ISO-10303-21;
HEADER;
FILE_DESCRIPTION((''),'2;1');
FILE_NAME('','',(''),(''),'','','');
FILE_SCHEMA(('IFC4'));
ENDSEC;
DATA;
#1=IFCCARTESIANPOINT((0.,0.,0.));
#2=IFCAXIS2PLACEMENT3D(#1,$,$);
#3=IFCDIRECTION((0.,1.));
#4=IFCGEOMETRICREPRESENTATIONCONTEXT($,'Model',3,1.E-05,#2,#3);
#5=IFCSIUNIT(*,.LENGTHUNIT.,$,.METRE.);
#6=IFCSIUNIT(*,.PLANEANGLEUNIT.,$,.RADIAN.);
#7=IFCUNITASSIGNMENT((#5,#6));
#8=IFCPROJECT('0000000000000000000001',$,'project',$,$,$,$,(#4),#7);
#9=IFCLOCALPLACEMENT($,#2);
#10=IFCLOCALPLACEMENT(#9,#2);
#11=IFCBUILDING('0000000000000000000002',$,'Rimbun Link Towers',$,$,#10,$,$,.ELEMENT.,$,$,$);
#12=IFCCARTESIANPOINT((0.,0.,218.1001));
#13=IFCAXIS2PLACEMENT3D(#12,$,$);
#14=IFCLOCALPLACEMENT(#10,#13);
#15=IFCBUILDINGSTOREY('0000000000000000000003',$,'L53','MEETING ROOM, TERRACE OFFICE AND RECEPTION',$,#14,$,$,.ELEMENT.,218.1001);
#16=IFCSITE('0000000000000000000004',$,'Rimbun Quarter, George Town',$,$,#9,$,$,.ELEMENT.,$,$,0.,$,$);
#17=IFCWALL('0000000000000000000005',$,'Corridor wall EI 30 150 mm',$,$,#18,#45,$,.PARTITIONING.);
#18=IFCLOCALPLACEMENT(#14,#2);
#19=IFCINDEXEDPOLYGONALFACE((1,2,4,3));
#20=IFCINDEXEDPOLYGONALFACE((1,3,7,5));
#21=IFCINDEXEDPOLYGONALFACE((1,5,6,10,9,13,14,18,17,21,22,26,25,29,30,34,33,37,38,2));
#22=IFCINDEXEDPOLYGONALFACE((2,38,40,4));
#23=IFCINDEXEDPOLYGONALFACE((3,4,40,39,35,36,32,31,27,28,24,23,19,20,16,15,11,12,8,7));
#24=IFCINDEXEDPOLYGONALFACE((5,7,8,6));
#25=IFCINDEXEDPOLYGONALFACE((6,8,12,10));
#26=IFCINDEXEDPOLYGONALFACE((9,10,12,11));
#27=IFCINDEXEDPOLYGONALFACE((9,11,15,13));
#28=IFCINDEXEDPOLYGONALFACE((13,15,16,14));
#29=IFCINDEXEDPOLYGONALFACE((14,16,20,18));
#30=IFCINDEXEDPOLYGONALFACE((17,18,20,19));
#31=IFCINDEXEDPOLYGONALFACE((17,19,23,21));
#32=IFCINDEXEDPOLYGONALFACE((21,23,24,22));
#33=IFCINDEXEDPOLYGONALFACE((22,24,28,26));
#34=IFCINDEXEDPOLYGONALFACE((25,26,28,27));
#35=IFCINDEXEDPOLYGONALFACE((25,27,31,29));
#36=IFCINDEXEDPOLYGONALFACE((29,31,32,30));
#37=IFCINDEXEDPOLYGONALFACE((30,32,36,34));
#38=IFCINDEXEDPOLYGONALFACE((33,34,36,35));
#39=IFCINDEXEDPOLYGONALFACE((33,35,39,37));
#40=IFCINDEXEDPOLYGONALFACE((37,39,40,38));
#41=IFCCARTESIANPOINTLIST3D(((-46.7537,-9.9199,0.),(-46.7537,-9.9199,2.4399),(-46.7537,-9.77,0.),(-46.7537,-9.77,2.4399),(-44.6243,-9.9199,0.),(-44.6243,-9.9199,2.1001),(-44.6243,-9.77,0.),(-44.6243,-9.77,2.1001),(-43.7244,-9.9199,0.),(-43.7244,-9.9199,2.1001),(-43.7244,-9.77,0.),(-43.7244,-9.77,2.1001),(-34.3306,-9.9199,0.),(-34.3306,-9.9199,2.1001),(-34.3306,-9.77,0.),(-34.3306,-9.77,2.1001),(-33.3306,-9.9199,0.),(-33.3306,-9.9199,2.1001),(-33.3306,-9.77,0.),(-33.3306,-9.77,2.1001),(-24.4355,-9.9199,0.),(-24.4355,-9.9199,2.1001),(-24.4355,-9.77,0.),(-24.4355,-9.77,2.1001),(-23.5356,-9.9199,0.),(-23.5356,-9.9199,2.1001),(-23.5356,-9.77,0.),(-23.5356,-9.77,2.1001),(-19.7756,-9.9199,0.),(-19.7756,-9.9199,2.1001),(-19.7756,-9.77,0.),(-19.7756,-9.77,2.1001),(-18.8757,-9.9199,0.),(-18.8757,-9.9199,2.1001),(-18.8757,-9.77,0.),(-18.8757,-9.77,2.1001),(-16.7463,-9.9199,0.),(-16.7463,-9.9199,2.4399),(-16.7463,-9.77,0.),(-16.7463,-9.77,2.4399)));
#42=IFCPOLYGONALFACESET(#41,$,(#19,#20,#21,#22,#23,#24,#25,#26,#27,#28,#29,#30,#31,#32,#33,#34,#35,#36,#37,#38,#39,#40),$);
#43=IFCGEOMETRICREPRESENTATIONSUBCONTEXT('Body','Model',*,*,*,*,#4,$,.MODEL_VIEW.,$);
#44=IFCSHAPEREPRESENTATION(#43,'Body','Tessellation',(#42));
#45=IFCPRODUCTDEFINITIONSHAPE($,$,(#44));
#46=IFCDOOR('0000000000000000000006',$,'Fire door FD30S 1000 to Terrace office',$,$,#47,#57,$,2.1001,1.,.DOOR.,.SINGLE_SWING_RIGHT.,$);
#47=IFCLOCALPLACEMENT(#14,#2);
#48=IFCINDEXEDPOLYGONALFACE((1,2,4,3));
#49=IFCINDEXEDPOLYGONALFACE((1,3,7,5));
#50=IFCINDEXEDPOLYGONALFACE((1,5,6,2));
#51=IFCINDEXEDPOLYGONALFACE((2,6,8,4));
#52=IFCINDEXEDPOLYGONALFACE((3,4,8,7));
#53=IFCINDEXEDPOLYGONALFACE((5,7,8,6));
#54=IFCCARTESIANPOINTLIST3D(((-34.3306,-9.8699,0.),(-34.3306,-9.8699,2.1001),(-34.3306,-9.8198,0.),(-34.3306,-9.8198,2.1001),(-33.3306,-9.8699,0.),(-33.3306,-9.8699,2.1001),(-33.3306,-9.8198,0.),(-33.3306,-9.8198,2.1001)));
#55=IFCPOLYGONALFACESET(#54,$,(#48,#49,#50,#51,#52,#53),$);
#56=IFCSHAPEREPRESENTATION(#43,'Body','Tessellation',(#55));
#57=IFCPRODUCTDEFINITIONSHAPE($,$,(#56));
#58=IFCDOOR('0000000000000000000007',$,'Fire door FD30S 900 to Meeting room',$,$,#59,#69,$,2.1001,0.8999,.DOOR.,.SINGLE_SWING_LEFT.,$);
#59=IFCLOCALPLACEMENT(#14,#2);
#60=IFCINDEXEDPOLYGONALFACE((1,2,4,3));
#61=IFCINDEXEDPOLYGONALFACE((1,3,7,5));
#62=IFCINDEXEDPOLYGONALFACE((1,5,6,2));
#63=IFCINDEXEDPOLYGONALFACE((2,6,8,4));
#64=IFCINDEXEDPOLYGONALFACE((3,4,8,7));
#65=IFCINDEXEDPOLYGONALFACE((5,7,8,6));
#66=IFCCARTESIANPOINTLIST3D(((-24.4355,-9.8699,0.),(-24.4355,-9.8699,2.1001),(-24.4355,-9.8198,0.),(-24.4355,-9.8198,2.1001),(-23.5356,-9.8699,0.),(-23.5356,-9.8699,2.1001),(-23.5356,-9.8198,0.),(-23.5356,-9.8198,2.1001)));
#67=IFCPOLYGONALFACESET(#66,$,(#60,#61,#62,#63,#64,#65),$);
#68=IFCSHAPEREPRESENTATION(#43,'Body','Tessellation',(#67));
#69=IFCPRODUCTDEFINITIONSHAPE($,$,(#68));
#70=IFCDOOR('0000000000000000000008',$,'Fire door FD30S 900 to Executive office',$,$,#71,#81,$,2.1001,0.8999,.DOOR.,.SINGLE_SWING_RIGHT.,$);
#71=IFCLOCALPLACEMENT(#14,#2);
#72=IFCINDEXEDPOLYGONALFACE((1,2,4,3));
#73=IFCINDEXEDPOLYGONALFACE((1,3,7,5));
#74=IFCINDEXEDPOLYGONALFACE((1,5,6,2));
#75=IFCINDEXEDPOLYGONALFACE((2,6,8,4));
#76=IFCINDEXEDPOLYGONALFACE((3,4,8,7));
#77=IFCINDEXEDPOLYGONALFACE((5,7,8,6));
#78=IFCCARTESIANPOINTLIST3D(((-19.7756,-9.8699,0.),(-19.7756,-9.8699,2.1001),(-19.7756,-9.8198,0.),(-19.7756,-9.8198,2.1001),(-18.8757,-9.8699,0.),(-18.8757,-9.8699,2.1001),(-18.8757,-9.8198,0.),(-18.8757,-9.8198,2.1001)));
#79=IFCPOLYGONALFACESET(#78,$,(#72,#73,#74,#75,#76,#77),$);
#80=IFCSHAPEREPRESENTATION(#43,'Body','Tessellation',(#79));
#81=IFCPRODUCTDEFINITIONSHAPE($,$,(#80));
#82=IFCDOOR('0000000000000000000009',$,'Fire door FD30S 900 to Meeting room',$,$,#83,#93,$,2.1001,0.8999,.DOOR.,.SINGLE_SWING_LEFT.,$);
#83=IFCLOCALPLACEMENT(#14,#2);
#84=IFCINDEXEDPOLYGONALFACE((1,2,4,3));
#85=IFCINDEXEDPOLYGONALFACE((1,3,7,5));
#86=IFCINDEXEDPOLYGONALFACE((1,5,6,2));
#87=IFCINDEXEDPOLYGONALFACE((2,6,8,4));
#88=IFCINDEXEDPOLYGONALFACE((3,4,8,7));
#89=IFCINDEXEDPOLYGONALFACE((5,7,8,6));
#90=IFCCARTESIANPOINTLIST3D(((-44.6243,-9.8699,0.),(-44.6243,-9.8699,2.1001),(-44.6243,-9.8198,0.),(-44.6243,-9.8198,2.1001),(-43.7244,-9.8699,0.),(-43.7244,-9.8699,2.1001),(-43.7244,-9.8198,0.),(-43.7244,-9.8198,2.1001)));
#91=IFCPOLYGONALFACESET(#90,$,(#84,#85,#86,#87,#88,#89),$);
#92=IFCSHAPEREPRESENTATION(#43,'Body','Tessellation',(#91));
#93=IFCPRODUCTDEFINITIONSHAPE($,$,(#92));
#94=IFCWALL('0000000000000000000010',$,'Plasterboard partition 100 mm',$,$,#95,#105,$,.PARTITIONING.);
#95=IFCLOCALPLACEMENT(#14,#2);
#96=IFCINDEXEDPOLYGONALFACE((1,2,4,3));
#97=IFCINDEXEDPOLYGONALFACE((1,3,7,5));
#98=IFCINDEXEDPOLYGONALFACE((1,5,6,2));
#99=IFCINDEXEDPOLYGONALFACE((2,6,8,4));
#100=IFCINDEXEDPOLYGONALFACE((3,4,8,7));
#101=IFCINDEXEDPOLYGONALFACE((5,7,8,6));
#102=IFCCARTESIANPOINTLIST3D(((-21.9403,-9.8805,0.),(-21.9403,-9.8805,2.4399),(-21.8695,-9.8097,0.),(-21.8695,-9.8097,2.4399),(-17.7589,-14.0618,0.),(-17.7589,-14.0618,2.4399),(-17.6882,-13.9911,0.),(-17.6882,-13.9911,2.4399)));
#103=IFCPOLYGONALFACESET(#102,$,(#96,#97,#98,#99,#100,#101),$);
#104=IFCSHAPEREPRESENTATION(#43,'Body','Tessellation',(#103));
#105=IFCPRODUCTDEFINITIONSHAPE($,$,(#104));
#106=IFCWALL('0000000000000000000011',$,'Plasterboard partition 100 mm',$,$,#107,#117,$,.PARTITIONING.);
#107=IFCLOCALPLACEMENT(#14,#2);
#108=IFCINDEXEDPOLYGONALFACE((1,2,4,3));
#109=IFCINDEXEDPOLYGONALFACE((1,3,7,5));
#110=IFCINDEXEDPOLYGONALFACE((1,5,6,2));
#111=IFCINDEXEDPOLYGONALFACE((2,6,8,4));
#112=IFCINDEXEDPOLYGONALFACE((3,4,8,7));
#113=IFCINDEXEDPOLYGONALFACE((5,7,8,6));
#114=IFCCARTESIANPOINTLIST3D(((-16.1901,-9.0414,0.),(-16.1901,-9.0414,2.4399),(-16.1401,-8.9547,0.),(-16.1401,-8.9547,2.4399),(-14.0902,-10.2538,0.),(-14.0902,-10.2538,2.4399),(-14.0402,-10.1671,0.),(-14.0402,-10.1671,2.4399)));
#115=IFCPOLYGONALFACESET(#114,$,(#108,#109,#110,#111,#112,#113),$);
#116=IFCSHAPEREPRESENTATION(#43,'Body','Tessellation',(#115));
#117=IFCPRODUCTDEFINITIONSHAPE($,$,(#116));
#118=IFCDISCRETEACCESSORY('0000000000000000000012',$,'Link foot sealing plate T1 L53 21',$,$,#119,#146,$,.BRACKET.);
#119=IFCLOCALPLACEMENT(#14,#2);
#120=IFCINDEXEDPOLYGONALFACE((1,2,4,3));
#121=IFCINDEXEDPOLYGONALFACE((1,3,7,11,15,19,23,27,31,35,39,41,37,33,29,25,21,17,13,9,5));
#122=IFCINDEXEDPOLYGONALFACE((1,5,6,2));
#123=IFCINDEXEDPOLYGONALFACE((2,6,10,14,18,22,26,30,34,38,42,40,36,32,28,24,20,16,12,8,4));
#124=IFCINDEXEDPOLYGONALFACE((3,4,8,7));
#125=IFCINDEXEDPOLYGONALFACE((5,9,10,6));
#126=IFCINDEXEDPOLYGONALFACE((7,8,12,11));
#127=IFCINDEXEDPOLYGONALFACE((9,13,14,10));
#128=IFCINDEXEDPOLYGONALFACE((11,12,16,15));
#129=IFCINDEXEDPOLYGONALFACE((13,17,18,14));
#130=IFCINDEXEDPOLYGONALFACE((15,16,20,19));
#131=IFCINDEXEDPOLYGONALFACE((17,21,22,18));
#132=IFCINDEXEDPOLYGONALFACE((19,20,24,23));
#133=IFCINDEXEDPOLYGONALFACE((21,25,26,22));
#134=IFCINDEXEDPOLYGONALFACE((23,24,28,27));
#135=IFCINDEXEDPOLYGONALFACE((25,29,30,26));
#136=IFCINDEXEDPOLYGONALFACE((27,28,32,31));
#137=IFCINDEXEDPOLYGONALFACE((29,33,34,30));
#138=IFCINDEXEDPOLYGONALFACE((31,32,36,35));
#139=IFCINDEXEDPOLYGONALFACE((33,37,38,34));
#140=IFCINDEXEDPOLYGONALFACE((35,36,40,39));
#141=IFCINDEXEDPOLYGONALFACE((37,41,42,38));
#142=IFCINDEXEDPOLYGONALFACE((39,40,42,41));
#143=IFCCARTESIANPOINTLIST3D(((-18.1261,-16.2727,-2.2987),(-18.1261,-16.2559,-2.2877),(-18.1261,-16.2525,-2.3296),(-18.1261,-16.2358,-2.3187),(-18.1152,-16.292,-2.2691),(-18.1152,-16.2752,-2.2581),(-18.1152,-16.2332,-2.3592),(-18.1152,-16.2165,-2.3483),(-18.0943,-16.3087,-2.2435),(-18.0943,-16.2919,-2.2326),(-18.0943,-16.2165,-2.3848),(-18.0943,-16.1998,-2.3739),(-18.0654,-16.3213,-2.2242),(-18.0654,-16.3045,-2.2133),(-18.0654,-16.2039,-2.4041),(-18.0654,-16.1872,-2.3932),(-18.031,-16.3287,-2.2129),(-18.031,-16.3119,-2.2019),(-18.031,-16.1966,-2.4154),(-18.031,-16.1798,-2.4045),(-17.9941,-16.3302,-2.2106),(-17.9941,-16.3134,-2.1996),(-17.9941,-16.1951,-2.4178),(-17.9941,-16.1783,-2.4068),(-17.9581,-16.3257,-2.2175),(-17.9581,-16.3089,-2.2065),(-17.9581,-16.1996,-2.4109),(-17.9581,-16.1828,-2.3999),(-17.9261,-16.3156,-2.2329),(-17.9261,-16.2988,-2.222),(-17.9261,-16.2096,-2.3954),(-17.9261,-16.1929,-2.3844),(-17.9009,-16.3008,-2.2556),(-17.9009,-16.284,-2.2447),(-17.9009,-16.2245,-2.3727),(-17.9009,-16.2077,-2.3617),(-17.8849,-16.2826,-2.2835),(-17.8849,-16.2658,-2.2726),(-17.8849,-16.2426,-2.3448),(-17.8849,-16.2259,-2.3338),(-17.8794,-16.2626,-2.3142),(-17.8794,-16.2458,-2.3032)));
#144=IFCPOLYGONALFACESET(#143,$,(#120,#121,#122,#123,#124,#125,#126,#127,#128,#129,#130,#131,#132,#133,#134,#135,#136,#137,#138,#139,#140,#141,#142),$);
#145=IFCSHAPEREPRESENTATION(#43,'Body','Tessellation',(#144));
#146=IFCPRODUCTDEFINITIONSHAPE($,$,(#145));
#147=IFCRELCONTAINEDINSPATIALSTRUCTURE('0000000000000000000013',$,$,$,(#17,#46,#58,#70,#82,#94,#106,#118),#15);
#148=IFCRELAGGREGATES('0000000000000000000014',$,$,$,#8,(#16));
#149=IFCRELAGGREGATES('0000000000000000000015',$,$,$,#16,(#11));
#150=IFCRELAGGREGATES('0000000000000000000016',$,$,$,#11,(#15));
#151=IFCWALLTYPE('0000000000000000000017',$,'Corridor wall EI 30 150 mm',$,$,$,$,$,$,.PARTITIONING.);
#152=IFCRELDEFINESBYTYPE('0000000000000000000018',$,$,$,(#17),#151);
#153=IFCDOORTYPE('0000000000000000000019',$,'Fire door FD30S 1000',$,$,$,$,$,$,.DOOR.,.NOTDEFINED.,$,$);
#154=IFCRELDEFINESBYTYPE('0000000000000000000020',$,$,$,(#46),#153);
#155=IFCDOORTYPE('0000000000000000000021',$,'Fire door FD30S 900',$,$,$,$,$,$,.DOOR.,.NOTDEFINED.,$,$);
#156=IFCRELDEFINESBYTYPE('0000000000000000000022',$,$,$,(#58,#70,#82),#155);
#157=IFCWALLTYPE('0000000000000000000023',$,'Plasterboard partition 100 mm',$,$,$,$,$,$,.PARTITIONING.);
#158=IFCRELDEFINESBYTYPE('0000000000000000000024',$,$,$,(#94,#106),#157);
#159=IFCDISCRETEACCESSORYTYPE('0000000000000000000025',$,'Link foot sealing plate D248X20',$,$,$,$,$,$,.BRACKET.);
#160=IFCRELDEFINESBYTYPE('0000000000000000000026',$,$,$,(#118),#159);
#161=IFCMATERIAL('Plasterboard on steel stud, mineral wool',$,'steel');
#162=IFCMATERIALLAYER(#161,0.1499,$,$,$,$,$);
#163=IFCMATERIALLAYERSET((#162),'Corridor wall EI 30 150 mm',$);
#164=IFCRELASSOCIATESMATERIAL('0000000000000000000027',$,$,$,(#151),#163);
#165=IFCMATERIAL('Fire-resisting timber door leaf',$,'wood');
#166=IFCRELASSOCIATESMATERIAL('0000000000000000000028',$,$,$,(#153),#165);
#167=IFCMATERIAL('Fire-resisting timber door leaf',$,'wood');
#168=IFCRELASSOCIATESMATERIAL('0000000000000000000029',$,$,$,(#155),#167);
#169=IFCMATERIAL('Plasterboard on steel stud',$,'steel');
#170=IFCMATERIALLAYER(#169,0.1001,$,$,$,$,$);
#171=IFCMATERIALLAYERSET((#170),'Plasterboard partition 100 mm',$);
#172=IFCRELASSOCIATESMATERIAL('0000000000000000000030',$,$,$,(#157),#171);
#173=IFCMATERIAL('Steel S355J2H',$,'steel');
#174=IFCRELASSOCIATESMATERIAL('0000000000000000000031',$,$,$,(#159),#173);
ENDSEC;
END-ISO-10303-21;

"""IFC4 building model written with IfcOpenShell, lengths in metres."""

from ifc_helpers import new_model, si_unit, direction, frame, frame_2d, origin, origin_2d, place, context, subcontext, project, spatial, rectangle, circle, extrude, material, layer, layer_set, material_profile, profile_set, type_object, element, fill, save


model = new_model("IFC4")

# Units and contexts
model_context = context("Model", 3, precision=1e-05, world=origin(), true_north=direction((0.0, 1.0)))
body_context = subcontext(model_context, "Body", "Model", "MODEL_VIEW")
ifc_project = project(units=[si_unit("LENGTHUNIT", "METRE"), si_unit("PLANEANGLEUNIT", "RADIAN")], contexts=[model_context])

# Site, building, storey
site_placement = place(None, origin())
site = spatial("IfcSite", under=ifc_project, at=site_placement, Name="Rimbun Quarter, George Town", CompositionType="ELEMENT", RefElevation=0.0)
building_placement = place(site_placement, origin())
building = spatial("IfcBuilding", under=site, at=building_placement, Name="Rimbun Link Towers", CompositionType="ELEMENT")
storey_placement = place(building_placement, frame((0.0, 0.0, 218.1001)))
storey = spatial("IfcBuildingStorey", under=building, at=storey_placement, Name="L53", Description="MEETING ROOM, TERRACE OFFICE AND RECEPTION", CompositionType="ELEMENT", Elevation=218.1001)

# Shared definitions
ifc_material_1 = material(Name="Plasterboard on steel stud, mineral wool", Category="steel")
ifc_layer_1 = layer(ifc_material_1, 0.1499)
ifc_layer_set_1 = layer_set([ifc_layer_1], Name="Corridor wall EI 30 150 mm")
wall_type_1 = type_object("IfcWallType", Name="Corridor wall EI 30 150 mm", PredefinedType="PARTITIONING", material=ifc_layer_set_1)

# Wall, openings, doors
wall_1_placement = place(storey_placement, frame((-16.7463, -9.845, 0.0), z_axis=(0.0, 0.0, 1.0), x_axis=(-1.0, 0.0, 0.0)))
wall_1 = element("IfcWall", 1, at=wall_1_placement, inside=storey, type_object=wall_type_1, Name="Corridor wall EI 30 150 mm", PredefinedType="PARTITIONING", context=body_context, shape_type="SweptSolid", body=[
    extrude(rectangle(XDim=30.0073, YDim=0.1499, at=frame_2d((15.0037, 0.0))), origin(), (0.0, 0.0, 1.0), 2.4399),
])
opening_1_placement = place(wall_1_placement, frame((6.7893, 0.0, 0.0)))
opening_1 = element("IfcOpeningElement", 2, at=opening_1_placement, cuts=wall_1, PredefinedType="OPENING", context=body_context, shape_type="SweptSolid", body=[
    extrude(rectangle(XDim=0.8999, YDim=2.1001, at=frame_2d((0.45, 1.05))), frame((0.0, 0.085, 0.0), z_axis=(0.0, -1.0, 0.0), x_axis=(1.0, 0.0, 0.0)), (0.0, 0.0, 1.0), 0.1699),
])
opening_2_placement = place(wall_1_placement, frame((2.1294, 0.0, 0.0)))
opening_2 = element("IfcOpeningElement", 3, at=opening_2_placement, cuts=wall_1, PredefinedType="OPENING", context=body_context, shape_type="SweptSolid", body=[
    extrude(rectangle(XDim=0.8999, YDim=2.1001, at=frame_2d((0.45, 1.05))), frame((0.0, 0.085, 0.0), z_axis=(0.0, -1.0, 0.0), x_axis=(1.0, 0.0, 0.0)), (0.0, 0.0, 1.0), 0.1699),
])
opening_3_placement = place(wall_1_placement, frame((26.978, 0.0, 0.0)))
opening_3 = element("IfcOpeningElement", 4, at=opening_3_placement, cuts=wall_1, PredefinedType="OPENING", context=body_context, shape_type="SweptSolid", body=[
    extrude(rectangle(XDim=0.8999, YDim=2.1001, at=frame_2d((0.45, 1.05))), frame((0.0, 0.085, 0.0), z_axis=(0.0, -1.0, 0.0), x_axis=(1.0, 0.0, 0.0)), (0.0, 0.0, 1.0), 0.1699),
])
opening_4_placement = place(wall_1_placement, frame((16.5842, 0.0, 0.0)))
opening_4 = element("IfcOpeningElement", 5, at=opening_4_placement, cuts=wall_1, PredefinedType="OPENING", context=body_context, shape_type="SweptSolid", body=[
    extrude(rectangle(XDim=1.0, YDim=2.1001, at=frame_2d((0.5, 1.05))), frame((0.0, 0.085, 0.0), z_axis=(0.0, -1.0, 0.0), x_axis=(1.0, 0.0, 0.0)), (0.0, 0.0, 1.0), 0.1699),
])
ifc_material_2 = material(Name="Fire-resisting timber door leaf", Category="wood")
door_type_1 = type_object("IfcDoorType", Name="Fire door FD30S 1000", OperationType="NOTDEFINED", PredefinedType="DOOR", material=ifc_material_2)
door_1_placement = place(opening_4_placement, origin())
door_1 = element("IfcDoor", 6, at=door_1_placement, inside=storey, type_object=door_type_1, Name="Fire door FD30S 1000 to Terrace office", OperationType="SINGLE_SWING_RIGHT", OverallHeight=2.1001, OverallWidth=1.0, PredefinedType="DOOR", context=body_context, shape_type="SweptSolid", body=[
    extrude(rectangle(XDim=1.0, YDim=2.1001, at=frame_2d((0.5, 1.05))), frame((0.0, 0.0249, 0.0), z_axis=(0.0, -1.0, 0.0), x_axis=(1.0, 0.0, 0.0)), (0.0, 0.0, 1.0), 0.05),
])
fill(opening_4, door_1)
ifc_material_3 = material(Name="Fire-resisting timber door leaf", Category="wood")
door_type_2 = type_object("IfcDoorType", Name="Fire door FD30S 900", OperationType="NOTDEFINED", PredefinedType="DOOR", material=ifc_material_3)
door_2_placement = place(opening_1_placement, origin())
door_2 = element("IfcDoor", 7, at=door_2_placement, inside=storey, type_object=door_type_2, Name="Fire door FD30S 900 to Meeting room", OperationType="SINGLE_SWING_LEFT", OverallHeight=2.1001, OverallWidth=0.8999, PredefinedType="DOOR", context=body_context, shape_type="SweptSolid", body=[
    extrude(rectangle(XDim=0.8999, YDim=2.1001, at=frame_2d((0.45, 1.05))), frame((0.0, 0.0249, 0.0), z_axis=(0.0, -1.0, 0.0), x_axis=(1.0, 0.0, 0.0)), (0.0, 0.0, 1.0), 0.05),
])
fill(opening_1, door_2)
door_3_placement = place(opening_2_placement, origin())
door_3 = element("IfcDoor", 8, at=door_3_placement, inside=storey, type_object=door_type_2, Name="Fire door FD30S 900 to Executive office", OperationType="SINGLE_SWING_RIGHT", OverallHeight=2.1001, OverallWidth=0.8999, PredefinedType="DOOR", context=body_context, shape_type="SweptSolid", body=[
    extrude(rectangle(XDim=0.8999, YDim=2.1001, at=frame_2d((0.45, 1.05))), frame((0.0, 0.0249, 0.0), z_axis=(0.0, -1.0, 0.0), x_axis=(1.0, 0.0, 0.0)), (0.0, 0.0, 1.0), 0.05),
])
fill(opening_2, door_3)
door_4_placement = place(opening_3_placement, origin())
door_4 = element("IfcDoor", 9, at=door_4_placement, inside=storey, type_object=door_type_2, Name="Fire door FD30S 900 to Meeting room", OperationType="SINGLE_SWING_LEFT", OverallHeight=2.1001, OverallWidth=0.8999, PredefinedType="DOOR", context=body_context, shape_type="SweptSolid", body=[
    extrude(rectangle(XDim=0.8999, YDim=2.1001, at=frame_2d((0.45, 1.05))), frame((0.0, 0.0249, 0.0), z_axis=(0.0, -1.0, 0.0), x_axis=(1.0, 0.0, 0.0)), (0.0, 0.0, 1.0), 0.05),
])
fill(opening_3, door_4)

# Walls
ifc_material_4 = material(Name="Plasterboard on steel stud", Category="steel")
ifc_layer_2 = layer(ifc_material_4, 0.1001)
ifc_layer_set_2 = layer_set([ifc_layer_2], Name="Plasterboard partition 100 mm")
wall_type_2 = type_object("IfcWallType", Name="Plasterboard partition 100 mm", PredefinedType="PARTITIONING", material=ifc_layer_set_2)
wall_2_placement = place(storey_placement, frame((-17.7236, -14.0264, 0.0), z_axis=(0.0, 0.0, 1.0), x_axis=(-0.707107, 0.707107, 0.0)))
element("IfcWall", 10, at=wall_2_placement, inside=storey, type_object=wall_type_2, Name="Plasterboard partition 100 mm", PredefinedType="PARTITIONING", context=body_context, shape_type="SweptSolid", body=[
    extrude(rectangle(XDim=5.9133, YDim=0.1001, at=frame_2d((2.9565, 0.0))), origin(), (0.0, 0.0, 1.0), 2.4399),
])
wall_3_placement = place(storey_placement, frame((-14.0652, -10.2104, 0.0), z_axis=(0.0, 0.0, 1.0), x_axis=(-0.866016, 0.500016, 0.0)))
element("IfcWall", 11, at=wall_3_placement, inside=storey, type_object=wall_type_2, Name="Plasterboard partition 100 mm", PredefinedType="PARTITIONING", context=body_context, shape_type="SweptSolid", body=[
    extrude(rectangle(XDim=2.4248, YDim=0.1001, at=frame_2d((1.2124, 0.0))), origin(), (0.0, 0.0, 1.0), 2.4399),
])

# Discrete accessory
ifc_material_5 = material(Name="Steel S355J2H", Category="steel")
ifc_material_profile_1 = material_profile(ifc_material_5, circle(Radius=0.124, at=origin_2d()), Name="PL D248")
ifc_profile_set_1 = profile_set([ifc_material_profile_1], Name="Steel S355J2H")
discrete_accessory_type = type_object("IfcDiscreteAccessoryType", Name="Link foot sealing plate D248X20", PredefinedType="BRACKET", material=ifc_profile_set_1)
discrete_accessory_1_placement = place(storey_placement, frame((-18.0034, -16.2458, -2.3032), z_axis=(0.0, -0.837611, -0.546268), x_axis=(1.0, 0.0, 0.0)))
element("IfcDiscreteAccessory", 12, at=discrete_accessory_1_placement, inside=storey, type_object=discrete_accessory_type, Name="Link foot sealing plate T1 L53 21", PredefinedType="BRACKET", context=body_context, shape_type="SweptSolid", body=[
    extrude(circle(Radius=0.124, at=origin_2d()), origin(), (0.0, 0.0, 1.0), 0.02),
])

save(model, "model.ifc")
